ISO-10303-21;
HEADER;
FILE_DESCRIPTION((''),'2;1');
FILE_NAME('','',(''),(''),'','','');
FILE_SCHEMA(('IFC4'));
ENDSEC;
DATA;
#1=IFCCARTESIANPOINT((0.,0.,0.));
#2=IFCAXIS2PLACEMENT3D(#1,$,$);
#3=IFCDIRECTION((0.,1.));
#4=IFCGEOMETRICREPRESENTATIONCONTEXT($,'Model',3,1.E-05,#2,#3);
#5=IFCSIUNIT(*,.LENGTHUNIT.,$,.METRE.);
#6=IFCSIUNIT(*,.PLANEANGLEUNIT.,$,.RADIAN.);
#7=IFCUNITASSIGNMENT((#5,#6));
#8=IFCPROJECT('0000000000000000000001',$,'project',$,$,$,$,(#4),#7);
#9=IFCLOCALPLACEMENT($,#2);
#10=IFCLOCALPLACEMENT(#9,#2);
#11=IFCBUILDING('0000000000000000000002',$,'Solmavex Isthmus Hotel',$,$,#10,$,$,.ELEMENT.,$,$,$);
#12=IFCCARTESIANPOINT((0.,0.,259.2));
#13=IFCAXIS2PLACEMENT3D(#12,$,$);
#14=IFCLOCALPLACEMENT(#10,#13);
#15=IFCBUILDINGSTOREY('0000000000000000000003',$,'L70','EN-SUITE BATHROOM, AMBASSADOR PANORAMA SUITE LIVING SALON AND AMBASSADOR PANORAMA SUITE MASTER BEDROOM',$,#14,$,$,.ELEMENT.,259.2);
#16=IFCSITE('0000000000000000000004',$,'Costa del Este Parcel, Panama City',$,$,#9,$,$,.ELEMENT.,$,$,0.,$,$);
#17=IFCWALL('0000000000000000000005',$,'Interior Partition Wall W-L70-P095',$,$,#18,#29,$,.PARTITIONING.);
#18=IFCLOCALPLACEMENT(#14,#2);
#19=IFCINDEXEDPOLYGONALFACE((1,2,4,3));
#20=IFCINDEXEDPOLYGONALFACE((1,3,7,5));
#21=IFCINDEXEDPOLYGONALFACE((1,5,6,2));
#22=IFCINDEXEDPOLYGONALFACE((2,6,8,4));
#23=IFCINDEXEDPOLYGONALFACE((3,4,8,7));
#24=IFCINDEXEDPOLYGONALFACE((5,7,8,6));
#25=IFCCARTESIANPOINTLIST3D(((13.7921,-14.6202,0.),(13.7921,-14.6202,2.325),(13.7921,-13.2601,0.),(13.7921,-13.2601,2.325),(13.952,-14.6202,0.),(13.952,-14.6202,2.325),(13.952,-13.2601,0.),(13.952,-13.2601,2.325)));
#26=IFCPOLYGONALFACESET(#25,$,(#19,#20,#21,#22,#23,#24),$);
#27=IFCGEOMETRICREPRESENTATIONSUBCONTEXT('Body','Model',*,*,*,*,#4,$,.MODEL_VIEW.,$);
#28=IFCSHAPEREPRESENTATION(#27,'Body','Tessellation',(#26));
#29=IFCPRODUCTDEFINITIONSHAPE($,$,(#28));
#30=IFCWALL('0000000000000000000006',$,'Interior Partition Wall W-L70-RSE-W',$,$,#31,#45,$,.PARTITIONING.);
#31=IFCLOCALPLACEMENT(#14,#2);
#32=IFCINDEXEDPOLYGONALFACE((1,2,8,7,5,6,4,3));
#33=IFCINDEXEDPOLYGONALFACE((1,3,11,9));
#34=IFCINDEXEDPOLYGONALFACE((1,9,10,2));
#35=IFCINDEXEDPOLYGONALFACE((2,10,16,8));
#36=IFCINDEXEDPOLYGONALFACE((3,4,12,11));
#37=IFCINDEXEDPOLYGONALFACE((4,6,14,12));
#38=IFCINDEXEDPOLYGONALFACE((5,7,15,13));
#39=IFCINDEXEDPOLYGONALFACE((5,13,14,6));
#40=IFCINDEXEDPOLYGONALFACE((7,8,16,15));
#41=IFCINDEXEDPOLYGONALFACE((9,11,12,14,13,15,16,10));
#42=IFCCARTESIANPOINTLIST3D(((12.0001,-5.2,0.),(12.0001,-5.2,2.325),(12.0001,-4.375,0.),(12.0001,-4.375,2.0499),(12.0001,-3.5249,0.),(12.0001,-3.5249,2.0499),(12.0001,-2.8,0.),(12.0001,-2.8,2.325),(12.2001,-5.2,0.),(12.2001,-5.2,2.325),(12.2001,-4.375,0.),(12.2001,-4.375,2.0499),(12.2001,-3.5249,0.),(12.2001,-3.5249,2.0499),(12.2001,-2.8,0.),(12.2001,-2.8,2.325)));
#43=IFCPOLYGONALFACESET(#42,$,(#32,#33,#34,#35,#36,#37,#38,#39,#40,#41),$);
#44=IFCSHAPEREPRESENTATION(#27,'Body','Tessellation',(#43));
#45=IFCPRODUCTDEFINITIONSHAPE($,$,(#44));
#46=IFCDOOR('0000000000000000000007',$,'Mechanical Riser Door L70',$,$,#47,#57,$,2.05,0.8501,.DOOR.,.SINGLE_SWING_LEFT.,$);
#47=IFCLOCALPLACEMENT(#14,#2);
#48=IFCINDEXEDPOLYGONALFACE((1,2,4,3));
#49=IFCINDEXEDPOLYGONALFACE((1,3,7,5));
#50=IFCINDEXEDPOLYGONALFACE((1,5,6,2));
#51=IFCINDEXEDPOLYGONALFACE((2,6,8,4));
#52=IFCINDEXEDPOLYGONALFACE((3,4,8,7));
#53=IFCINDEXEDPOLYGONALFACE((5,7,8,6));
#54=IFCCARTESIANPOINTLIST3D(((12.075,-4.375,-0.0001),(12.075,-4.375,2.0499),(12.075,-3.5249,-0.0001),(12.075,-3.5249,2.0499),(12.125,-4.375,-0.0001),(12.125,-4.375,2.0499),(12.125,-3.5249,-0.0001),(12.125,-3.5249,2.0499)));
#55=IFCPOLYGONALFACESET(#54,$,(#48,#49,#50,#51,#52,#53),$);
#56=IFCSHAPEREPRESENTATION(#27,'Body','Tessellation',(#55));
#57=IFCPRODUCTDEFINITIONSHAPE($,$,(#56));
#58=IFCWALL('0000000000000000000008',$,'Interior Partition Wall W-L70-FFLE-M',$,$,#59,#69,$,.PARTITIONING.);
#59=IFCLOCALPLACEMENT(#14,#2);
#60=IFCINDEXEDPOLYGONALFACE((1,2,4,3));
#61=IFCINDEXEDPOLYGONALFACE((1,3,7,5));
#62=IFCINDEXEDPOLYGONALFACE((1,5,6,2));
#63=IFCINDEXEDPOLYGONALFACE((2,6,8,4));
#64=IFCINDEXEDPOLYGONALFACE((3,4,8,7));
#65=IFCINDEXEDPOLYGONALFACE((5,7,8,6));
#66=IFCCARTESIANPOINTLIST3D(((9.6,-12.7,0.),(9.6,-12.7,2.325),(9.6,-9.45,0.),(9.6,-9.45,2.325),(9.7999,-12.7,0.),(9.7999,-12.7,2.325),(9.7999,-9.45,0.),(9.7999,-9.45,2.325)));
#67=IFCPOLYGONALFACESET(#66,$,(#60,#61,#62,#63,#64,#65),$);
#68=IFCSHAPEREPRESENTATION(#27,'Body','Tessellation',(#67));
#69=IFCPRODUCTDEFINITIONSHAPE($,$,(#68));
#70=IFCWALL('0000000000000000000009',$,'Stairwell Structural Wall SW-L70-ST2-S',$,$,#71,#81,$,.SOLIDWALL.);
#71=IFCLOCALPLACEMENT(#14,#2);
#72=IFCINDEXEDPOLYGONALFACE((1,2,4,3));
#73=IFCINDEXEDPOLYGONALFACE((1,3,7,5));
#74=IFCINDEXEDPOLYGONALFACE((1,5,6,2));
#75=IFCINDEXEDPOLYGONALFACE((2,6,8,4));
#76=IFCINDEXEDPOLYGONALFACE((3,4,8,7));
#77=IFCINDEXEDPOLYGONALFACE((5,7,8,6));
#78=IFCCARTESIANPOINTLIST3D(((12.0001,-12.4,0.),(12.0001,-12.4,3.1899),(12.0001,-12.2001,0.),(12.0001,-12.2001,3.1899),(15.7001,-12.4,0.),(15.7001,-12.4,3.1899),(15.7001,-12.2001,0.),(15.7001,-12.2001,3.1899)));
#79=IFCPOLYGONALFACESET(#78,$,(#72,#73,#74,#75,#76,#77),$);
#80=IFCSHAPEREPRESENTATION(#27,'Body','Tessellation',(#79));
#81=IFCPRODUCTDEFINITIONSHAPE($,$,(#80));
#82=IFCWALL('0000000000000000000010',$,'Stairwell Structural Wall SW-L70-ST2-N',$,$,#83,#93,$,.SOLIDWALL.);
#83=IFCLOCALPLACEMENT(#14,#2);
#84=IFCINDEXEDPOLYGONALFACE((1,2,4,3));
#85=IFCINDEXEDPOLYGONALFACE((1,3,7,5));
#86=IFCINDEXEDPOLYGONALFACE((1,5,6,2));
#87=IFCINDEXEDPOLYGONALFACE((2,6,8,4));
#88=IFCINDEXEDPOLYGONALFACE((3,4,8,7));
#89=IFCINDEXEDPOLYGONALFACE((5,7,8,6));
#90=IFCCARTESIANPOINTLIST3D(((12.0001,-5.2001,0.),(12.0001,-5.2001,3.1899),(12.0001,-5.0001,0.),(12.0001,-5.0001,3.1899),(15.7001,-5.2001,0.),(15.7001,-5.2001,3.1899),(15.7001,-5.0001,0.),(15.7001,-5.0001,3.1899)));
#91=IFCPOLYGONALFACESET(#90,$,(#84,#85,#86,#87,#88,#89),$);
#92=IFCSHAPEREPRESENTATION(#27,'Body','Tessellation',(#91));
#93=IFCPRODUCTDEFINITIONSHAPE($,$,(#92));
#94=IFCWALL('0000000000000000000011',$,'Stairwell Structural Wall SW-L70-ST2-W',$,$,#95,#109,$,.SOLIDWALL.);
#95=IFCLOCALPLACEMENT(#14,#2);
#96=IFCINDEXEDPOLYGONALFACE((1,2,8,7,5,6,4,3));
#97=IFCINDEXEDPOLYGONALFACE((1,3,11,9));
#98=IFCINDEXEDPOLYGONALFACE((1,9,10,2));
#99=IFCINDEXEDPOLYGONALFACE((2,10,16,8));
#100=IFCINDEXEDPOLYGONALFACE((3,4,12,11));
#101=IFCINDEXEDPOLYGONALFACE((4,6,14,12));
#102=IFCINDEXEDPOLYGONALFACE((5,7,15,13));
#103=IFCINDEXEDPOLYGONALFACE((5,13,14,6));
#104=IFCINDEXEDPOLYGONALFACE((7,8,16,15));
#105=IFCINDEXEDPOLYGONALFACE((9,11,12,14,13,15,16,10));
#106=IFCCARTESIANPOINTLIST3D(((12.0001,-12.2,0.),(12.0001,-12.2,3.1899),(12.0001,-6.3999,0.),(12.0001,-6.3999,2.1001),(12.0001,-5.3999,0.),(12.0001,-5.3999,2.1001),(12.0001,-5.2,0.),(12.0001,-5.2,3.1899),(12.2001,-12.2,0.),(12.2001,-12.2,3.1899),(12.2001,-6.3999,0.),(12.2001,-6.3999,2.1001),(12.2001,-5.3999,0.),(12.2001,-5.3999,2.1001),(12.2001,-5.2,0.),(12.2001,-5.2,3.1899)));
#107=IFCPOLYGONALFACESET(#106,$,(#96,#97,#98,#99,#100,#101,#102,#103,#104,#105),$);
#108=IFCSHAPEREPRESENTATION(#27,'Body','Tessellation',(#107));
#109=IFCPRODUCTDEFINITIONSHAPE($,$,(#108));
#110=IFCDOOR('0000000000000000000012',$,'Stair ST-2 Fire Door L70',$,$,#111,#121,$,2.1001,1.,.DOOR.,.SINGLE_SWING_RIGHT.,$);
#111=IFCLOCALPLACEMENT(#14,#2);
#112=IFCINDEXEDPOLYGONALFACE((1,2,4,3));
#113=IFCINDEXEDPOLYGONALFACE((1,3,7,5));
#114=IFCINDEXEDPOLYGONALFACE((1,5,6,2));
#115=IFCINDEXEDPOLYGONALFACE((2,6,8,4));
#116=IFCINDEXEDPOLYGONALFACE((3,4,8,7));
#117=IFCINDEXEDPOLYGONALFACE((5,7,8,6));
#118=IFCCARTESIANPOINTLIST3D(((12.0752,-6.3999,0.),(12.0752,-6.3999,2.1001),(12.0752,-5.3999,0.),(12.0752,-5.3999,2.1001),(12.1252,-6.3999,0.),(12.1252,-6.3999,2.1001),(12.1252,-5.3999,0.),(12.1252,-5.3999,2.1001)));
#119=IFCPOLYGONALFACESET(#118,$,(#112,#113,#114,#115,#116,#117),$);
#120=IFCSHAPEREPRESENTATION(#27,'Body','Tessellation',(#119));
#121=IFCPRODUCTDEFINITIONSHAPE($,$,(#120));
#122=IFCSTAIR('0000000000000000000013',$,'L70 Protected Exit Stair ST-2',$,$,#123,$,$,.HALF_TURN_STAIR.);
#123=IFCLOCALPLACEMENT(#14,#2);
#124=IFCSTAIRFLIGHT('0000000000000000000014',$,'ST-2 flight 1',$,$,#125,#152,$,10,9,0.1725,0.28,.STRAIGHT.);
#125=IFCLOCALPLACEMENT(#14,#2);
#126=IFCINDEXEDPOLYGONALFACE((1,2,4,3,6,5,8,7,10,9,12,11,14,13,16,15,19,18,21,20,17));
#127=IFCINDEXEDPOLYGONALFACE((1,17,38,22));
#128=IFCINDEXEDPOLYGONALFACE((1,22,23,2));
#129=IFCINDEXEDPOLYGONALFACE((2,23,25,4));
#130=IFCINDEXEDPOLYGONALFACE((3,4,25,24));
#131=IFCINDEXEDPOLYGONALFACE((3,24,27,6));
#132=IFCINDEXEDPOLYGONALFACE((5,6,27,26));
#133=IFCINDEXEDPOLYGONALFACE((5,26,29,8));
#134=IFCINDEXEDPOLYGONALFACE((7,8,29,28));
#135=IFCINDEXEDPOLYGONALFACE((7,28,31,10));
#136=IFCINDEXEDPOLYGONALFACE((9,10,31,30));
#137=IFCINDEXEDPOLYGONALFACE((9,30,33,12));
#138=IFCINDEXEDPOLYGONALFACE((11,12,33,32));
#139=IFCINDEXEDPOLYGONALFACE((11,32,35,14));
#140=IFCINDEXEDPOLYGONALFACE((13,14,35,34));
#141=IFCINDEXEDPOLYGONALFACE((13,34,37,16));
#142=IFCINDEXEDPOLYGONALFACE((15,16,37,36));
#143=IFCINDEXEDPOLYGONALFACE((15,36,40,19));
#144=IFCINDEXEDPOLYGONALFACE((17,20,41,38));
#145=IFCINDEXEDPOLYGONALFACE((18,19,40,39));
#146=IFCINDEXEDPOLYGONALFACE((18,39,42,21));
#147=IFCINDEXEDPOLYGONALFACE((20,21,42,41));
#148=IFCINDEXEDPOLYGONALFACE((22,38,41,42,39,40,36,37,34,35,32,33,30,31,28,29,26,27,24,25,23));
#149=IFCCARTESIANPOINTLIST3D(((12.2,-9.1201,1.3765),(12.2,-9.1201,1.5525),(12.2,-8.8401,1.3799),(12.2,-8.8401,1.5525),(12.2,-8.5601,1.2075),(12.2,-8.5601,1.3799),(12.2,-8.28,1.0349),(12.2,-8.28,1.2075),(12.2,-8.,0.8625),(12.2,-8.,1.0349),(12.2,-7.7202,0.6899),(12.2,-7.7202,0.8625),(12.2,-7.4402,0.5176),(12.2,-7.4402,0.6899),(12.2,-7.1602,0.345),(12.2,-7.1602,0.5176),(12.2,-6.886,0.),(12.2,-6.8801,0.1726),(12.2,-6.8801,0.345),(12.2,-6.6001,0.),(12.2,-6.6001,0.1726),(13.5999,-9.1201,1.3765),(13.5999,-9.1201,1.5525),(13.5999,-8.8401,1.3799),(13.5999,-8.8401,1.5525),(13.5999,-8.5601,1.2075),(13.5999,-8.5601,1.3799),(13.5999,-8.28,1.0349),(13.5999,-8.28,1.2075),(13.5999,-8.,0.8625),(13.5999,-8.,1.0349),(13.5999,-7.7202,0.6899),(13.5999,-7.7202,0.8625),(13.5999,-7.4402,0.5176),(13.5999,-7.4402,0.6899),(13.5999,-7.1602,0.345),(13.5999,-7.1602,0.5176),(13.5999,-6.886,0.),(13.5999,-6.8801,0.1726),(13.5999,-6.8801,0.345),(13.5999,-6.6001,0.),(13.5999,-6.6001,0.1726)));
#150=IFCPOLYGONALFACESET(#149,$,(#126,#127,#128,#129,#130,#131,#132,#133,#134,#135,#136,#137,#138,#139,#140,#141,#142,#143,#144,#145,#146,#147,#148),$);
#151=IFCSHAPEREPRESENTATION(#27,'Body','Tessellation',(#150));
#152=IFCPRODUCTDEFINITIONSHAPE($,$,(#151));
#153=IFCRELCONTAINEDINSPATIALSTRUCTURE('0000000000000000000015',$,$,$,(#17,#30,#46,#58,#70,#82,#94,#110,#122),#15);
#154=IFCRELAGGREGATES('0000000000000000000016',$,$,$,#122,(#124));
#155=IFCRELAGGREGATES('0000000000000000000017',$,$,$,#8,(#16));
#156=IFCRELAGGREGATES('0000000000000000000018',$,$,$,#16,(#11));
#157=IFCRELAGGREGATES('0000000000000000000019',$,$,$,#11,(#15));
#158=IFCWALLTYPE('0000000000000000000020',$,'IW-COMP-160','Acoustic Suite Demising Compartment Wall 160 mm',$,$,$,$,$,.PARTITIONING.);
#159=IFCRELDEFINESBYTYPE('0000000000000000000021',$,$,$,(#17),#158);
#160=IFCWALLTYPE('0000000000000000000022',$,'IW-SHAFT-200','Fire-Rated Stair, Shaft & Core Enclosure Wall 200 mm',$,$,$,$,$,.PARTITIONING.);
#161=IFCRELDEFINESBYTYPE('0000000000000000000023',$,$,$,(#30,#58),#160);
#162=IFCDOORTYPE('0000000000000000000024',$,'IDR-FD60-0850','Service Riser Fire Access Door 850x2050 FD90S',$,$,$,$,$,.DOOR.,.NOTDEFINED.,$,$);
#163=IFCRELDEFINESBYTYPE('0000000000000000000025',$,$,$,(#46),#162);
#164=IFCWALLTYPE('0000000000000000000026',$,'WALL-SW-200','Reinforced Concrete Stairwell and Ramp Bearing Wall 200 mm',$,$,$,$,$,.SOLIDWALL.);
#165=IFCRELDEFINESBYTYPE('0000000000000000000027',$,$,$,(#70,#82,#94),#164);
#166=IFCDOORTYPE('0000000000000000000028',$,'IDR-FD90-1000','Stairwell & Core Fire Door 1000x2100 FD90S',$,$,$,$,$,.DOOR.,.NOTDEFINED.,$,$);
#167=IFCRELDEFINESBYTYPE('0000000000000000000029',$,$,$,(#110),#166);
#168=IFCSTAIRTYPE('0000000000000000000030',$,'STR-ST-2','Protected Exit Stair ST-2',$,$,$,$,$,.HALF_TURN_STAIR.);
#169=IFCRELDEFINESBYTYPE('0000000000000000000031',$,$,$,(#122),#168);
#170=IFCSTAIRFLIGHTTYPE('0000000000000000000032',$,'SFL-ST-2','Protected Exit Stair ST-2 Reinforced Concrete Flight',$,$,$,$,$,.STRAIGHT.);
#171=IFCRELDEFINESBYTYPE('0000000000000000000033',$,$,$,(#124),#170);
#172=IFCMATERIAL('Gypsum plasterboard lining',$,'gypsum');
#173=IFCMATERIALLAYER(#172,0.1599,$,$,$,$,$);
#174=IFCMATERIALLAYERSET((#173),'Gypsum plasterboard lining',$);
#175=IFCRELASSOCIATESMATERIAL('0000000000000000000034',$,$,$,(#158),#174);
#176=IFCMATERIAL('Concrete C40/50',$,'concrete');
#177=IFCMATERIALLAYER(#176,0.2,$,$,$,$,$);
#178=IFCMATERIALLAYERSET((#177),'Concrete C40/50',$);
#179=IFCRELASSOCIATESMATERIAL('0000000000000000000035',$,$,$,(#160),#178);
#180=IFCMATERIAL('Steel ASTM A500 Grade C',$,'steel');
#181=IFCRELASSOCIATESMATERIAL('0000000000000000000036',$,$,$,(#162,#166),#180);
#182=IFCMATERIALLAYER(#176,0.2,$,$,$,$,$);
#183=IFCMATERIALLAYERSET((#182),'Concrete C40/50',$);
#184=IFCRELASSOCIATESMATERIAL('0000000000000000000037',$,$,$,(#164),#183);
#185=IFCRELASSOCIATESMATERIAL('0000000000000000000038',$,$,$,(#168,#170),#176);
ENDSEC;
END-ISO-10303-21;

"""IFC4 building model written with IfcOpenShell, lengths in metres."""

from ifc_helpers import new_model, si_unit, direction, frame, frame_2d, origin, place, context, subcontext, project, spatial, polyline, rectangle, outline, extrude, material, layer, layer_set, type_object, element, fill, aggregate, save


model = new_model("IFC4")

# Units and contexts
model_context = context("Model", 3, precision=1e-05, world=origin(), true_north=direction((0.0, 1.0)))
body_context = subcontext(model_context, "Body", "Model", "MODEL_VIEW")
ifc_project = project(units=[si_unit("LENGTHUNIT", "METRE"), si_unit("PLANEANGLEUNIT", "RADIAN")], contexts=[model_context])

# Site, building, storey
site_placement = place(None, origin())
site = spatial("IfcSite", under=ifc_project, at=site_placement, Name="Costa del Este Parcel, Panama City", CompositionType="ELEMENT", RefElevation=0.0)
building_placement = place(site_placement, origin())
building = spatial("IfcBuilding", under=site, at=building_placement, Name="Solmavex Isthmus Hotel", CompositionType="ELEMENT")
storey_placement = place(building_placement, frame((0.0, 0.0, 259.2)))
storey = spatial("IfcBuildingStorey", under=building, at=storey_placement, Name="L70", Description="EN-SUITE BATHROOM, AMBASSADOR PANORAMA SUITE LIVING SALON AND AMBASSADOR PANORAMA SUITE MASTER BEDROOM", CompositionType="ELEMENT", Elevation=259.2)

# Wall
ifc_material_1 = material(Name="Gypsum plasterboard lining", Category="gypsum")
ifc_layer_1 = layer(ifc_material_1, 0.1599)
ifc_layer_set_1 = layer_set([ifc_layer_1], Name="Gypsum plasterboard lining")
wall_type_1 = type_object("IfcWallType", Name="IW-COMP-160", Description="Acoustic Suite Demising Compartment Wall 160 mm", PredefinedType="PARTITIONING", material=ifc_layer_set_1)
wall_1_placement = place(storey_placement, frame((13.8721, -13.26, 0.0), z_axis=(0.0, 0.0, 1.0), x_axis=(0.0, -1.0, 0.0)))
element("IfcWall", 1, at=wall_1_placement, inside=storey, type_object=wall_type_1, Name="Interior Partition Wall W-L70-P095", PredefinedType="PARTITIONING", context=body_context, shape_type="SweptSolid", body=[
    extrude(rectangle(XDim=1.3601, YDim=0.1599, at=frame_2d((0.6802, 0.0))), origin(), (0.0, 0.0, 1.0), 2.325),
])

# Wall, opening, door
ifc_material_2 = material(Name="Concrete C40/50", Category="concrete")
ifc_layer_2 = layer(ifc_material_2, 0.2)
ifc_layer_set_2 = layer_set([ifc_layer_2], Name="Concrete C40/50")
wall_type_2 = type_object("IfcWallType", Name="IW-SHAFT-200", Description="Fire-Rated Stair, Shaft & Core Enclosure Wall 200 mm", PredefinedType="PARTITIONING", material=ifc_layer_set_2)
wall_2_placement = place(storey_placement, frame((12.1001, -5.2, 0.0), z_axis=(0.0, 0.0, 1.0), x_axis=(0.0, 1.0, 0.0)))
wall_2 = element("IfcWall", 2, at=wall_2_placement, inside=storey, type_object=wall_type_2, Name="Interior Partition Wall W-L70-RSE-W", PredefinedType="PARTITIONING", context=body_context, shape_type="SweptSolid", body=[
    extrude(rectangle(XDim=2.3999, YDim=0.2, at=frame_2d((1.2, 0.0))), origin(), (0.0, 0.0, 1.0), 2.325),
])
opening_1_placement = place(wall_2_placement, frame((0.825, 0.0, 0.0)))
opening_1 = element("IfcOpeningElement", 3, at=opening_1_placement, cuts=wall_2, PredefinedType="OPENING", context=body_context, shape_type="SweptSolid", body=[
    extrude(rectangle(XDim=0.8501, YDim=2.05, at=frame_2d((0.425, 1.0249))), frame((0.0, 0.1099, 0.0), z_axis=(0.0, -1.0, 0.0), x_axis=(1.0, 0.0, 0.0)), (0.0, 0.0, 1.0), 0.22),
])
ifc_material_3 = material(Name="Steel ASTM A500 Grade C", Category="steel")
door_type_1 = type_object("IfcDoorType", Name="IDR-FD60-0850", Description="Service Riser Fire Access Door 850x2050 FD90S", OperationType="NOTDEFINED", PredefinedType="DOOR", material=ifc_material_3)
door_1_placement = place(opening_1_placement, frame((0.8501, 0.0, 0.0), z_axis=(0.0, 0.0, 1.0), x_axis=(-1.0, 0.0, 0.0)))
door_1 = element("IfcDoor", 4, at=door_1_placement, inside=storey, type_object=door_type_1, Name="Mechanical Riser Door L70", OperationType="SINGLE_SWING_LEFT", OverallHeight=2.05, OverallWidth=0.8501, PredefinedType="DOOR", context=body_context, shape_type="SweptSolid", body=[
    extrude(rectangle(XDim=0.8501, YDim=2.05, at=frame_2d((0.425, 1.0249))), frame((0.0, 0.0249, 0.0), z_axis=(0.0, -1.0, 0.0), x_axis=(1.0, 0.0, 0.0)), (0.0, 0.0, 1.0), 0.05),
])
fill(opening_1, door_1)

# Walls
wall_3_placement = place(storey_placement, frame((9.7, -12.7, 0.0), z_axis=(0.0, 0.0, 1.0), x_axis=(0.0, 1.0, 0.0)))
element("IfcWall", 5, at=wall_3_placement, inside=storey, type_object=wall_type_2, Name="Interior Partition Wall W-L70-FFLE-M", PredefinedType="PARTITIONING", context=body_context, shape_type="SweptSolid", body=[
    extrude(rectangle(XDim=3.25, YDim=0.2, at=frame_2d((1.625, 0.0))), origin(), (0.0, 0.0, 1.0), 2.325),
])
ifc_layer_3 = layer(ifc_material_2, 0.2)
ifc_layer_set_3 = layer_set([ifc_layer_3], Name="Concrete C40/50")
wall_type_3 = type_object("IfcWallType", Name="WALL-SW-200", Description="Reinforced Concrete Stairwell and Ramp Bearing Wall 200 mm", PredefinedType="SOLIDWALL", material=ifc_layer_set_3)
for number, where, z_axis, x_axis, name in (
    (6, (12.0, -12.3, 0.0), (0.0, 0.0, 1.0), (1.0, 0.0, 0.0), "Stairwell Structural Wall SW-L70-ST2-S"),
    (7, (12.0, -5.1001, 0.0), (0.0, 0.0, 1.0), (1.0, 0.0, 0.0), "Stairwell Structural Wall SW-L70-ST2-N"),
):
    element("IfcWall", number, at=place(storey_placement, frame(where, z_axis=z_axis, x_axis=x_axis)), inside=storey, type_object=wall_type_3, Name=name, PredefinedType="SOLIDWALL", context=body_context, shape_type="SweptSolid", body=[
        extrude(rectangle(XDim=3.7, YDim=0.2, at=frame_2d((1.8501, 0.0))), origin(), (0.0, 0.0, 1.0), 3.1899),
    ])

# Wall, opening, door
wall_4_placement = place(storey_placement, frame((12.1001, -12.2, 0.0), z_axis=(0.0, 0.0, 1.0), x_axis=(0.0, 1.0, 0.0)))
wall_4 = element("IfcWall", 8, at=wall_4_placement, inside=storey, type_object=wall_type_3, Name="Stairwell Structural Wall SW-L70-ST2-W", PredefinedType="SOLIDWALL", context=body_context, shape_type="SweptSolid", body=[
    extrude(rectangle(XDim=7.0, YDim=0.2, at=frame_2d((3.5, 0.0))), origin(), (0.0, 0.0, 1.0), 3.1899),
])
opening_2_placement = place(wall_4_placement, frame((5.8, 0.0, 0.0)))
opening_2 = element("IfcOpeningElement", 9, at=opening_2_placement, cuts=wall_4, PredefinedType="OPENING", context=body_context, shape_type="SweptSolid", body=[
    extrude(rectangle(XDim=1.0, YDim=2.1001, at=frame_2d((0.5, 1.05))), frame((0.0, 0.1099, 0.0), z_axis=(0.0, -1.0, 0.0), x_axis=(1.0, 0.0, 0.0)), (0.0, 0.0, 1.0), 0.22),
])
door_type_2 = type_object("IfcDoorType", Name="IDR-FD90-1000", Description="Stairwell & Core Fire Door 1000x2100 FD90S", OperationType="NOTDEFINED", PredefinedType="DOOR", material=ifc_material_3)
door_2_placement = place(opening_2_placement, origin())
door_2 = element("IfcDoor", 10, at=door_2_placement, inside=storey, type_object=door_type_2, Name="Stair ST-2 Fire Door L70", OperationType="SINGLE_SWING_RIGHT", OverallHeight=2.1001, OverallWidth=1.0, PredefinedType="DOOR", context=body_context, shape_type="SweptSolid", body=[
    extrude(rectangle(XDim=1.0, YDim=2.1001, at=frame_2d((0.5, 1.05))), frame((0.0, 0.0249, 0.0), z_axis=(0.0, -1.0, 0.0), x_axis=(1.0, 0.0, 0.0)), (0.0, 0.0, 1.0), 0.05),
])
fill(opening_2, door_2)

# Stair, stair flight
stair_type = type_object("IfcStairType", Name="STR-ST-2", Description="Protected Exit Stair ST-2", PredefinedType="HALF_TURN_STAIR", material=ifc_material_2)
stair_placement = place(storey_placement, origin())
stair = element("IfcStair", 11, at=stair_placement, inside=storey, type_object=stair_type, Name="L70 Protected Exit Stair ST-2", PredefinedType="HALF_TURN_STAIR")
stair_flight_type = type_object("IfcStairFlightType", Name="SFL-ST-2", Description="Protected Exit Stair ST-2 Reinforced Concrete Flight", PredefinedType="STRAIGHT", material=ifc_material_2)
stair_flight_placement = place(storey_placement, frame((12.8999, -6.6001, 0.0), z_axis=(0.0, 0.0, 1.0), x_axis=(0.0, -1.0, 0.0)))
stair_flight = element("IfcStairFlight", 12, at=stair_flight_placement, type_object=stair_flight_type, Name="ST-2 flight 1", NumberOfRisers=10, NumberOfTreads=9, PredefinedType="STRAIGHT", RiserHeight=0.1725, TreadLength=0.28, context=body_context, shape_type="SweptSolid", body=[
    extrude(outline(polyline([(0.0, 0.0), (0.0, 0.1726), (0.28, 0.1726), (0.28, 0.345), (0.5601, 0.345), (0.5601, 0.5176), (0.8401, 0.5176), (0.8401, 0.6899), (1.1201, 0.6899), (1.1201, 0.8625), (1.3999, 0.8625), (1.3999, 1.0349), (1.6799, 1.0349), (1.6799, 1.2075), (1.96, 1.2075), (1.96, 1.3799), (2.24, 1.3799), (2.24, 1.5525), (2.52, 1.5525), (2.52, 1.7251), (2.52, 1.3765), (0.2859, 0.0), (0.0, 0.0)])), frame((0.0, 0.7, 0.0), z_axis=(0.0, -1.0, 0.0), x_axis=(1.0, 0.0, 0.0)), (0.0, 0.0, 1.0), 1.3999),
])
aggregate(stair, [stair_flight])

save(model, "model.ifc")
